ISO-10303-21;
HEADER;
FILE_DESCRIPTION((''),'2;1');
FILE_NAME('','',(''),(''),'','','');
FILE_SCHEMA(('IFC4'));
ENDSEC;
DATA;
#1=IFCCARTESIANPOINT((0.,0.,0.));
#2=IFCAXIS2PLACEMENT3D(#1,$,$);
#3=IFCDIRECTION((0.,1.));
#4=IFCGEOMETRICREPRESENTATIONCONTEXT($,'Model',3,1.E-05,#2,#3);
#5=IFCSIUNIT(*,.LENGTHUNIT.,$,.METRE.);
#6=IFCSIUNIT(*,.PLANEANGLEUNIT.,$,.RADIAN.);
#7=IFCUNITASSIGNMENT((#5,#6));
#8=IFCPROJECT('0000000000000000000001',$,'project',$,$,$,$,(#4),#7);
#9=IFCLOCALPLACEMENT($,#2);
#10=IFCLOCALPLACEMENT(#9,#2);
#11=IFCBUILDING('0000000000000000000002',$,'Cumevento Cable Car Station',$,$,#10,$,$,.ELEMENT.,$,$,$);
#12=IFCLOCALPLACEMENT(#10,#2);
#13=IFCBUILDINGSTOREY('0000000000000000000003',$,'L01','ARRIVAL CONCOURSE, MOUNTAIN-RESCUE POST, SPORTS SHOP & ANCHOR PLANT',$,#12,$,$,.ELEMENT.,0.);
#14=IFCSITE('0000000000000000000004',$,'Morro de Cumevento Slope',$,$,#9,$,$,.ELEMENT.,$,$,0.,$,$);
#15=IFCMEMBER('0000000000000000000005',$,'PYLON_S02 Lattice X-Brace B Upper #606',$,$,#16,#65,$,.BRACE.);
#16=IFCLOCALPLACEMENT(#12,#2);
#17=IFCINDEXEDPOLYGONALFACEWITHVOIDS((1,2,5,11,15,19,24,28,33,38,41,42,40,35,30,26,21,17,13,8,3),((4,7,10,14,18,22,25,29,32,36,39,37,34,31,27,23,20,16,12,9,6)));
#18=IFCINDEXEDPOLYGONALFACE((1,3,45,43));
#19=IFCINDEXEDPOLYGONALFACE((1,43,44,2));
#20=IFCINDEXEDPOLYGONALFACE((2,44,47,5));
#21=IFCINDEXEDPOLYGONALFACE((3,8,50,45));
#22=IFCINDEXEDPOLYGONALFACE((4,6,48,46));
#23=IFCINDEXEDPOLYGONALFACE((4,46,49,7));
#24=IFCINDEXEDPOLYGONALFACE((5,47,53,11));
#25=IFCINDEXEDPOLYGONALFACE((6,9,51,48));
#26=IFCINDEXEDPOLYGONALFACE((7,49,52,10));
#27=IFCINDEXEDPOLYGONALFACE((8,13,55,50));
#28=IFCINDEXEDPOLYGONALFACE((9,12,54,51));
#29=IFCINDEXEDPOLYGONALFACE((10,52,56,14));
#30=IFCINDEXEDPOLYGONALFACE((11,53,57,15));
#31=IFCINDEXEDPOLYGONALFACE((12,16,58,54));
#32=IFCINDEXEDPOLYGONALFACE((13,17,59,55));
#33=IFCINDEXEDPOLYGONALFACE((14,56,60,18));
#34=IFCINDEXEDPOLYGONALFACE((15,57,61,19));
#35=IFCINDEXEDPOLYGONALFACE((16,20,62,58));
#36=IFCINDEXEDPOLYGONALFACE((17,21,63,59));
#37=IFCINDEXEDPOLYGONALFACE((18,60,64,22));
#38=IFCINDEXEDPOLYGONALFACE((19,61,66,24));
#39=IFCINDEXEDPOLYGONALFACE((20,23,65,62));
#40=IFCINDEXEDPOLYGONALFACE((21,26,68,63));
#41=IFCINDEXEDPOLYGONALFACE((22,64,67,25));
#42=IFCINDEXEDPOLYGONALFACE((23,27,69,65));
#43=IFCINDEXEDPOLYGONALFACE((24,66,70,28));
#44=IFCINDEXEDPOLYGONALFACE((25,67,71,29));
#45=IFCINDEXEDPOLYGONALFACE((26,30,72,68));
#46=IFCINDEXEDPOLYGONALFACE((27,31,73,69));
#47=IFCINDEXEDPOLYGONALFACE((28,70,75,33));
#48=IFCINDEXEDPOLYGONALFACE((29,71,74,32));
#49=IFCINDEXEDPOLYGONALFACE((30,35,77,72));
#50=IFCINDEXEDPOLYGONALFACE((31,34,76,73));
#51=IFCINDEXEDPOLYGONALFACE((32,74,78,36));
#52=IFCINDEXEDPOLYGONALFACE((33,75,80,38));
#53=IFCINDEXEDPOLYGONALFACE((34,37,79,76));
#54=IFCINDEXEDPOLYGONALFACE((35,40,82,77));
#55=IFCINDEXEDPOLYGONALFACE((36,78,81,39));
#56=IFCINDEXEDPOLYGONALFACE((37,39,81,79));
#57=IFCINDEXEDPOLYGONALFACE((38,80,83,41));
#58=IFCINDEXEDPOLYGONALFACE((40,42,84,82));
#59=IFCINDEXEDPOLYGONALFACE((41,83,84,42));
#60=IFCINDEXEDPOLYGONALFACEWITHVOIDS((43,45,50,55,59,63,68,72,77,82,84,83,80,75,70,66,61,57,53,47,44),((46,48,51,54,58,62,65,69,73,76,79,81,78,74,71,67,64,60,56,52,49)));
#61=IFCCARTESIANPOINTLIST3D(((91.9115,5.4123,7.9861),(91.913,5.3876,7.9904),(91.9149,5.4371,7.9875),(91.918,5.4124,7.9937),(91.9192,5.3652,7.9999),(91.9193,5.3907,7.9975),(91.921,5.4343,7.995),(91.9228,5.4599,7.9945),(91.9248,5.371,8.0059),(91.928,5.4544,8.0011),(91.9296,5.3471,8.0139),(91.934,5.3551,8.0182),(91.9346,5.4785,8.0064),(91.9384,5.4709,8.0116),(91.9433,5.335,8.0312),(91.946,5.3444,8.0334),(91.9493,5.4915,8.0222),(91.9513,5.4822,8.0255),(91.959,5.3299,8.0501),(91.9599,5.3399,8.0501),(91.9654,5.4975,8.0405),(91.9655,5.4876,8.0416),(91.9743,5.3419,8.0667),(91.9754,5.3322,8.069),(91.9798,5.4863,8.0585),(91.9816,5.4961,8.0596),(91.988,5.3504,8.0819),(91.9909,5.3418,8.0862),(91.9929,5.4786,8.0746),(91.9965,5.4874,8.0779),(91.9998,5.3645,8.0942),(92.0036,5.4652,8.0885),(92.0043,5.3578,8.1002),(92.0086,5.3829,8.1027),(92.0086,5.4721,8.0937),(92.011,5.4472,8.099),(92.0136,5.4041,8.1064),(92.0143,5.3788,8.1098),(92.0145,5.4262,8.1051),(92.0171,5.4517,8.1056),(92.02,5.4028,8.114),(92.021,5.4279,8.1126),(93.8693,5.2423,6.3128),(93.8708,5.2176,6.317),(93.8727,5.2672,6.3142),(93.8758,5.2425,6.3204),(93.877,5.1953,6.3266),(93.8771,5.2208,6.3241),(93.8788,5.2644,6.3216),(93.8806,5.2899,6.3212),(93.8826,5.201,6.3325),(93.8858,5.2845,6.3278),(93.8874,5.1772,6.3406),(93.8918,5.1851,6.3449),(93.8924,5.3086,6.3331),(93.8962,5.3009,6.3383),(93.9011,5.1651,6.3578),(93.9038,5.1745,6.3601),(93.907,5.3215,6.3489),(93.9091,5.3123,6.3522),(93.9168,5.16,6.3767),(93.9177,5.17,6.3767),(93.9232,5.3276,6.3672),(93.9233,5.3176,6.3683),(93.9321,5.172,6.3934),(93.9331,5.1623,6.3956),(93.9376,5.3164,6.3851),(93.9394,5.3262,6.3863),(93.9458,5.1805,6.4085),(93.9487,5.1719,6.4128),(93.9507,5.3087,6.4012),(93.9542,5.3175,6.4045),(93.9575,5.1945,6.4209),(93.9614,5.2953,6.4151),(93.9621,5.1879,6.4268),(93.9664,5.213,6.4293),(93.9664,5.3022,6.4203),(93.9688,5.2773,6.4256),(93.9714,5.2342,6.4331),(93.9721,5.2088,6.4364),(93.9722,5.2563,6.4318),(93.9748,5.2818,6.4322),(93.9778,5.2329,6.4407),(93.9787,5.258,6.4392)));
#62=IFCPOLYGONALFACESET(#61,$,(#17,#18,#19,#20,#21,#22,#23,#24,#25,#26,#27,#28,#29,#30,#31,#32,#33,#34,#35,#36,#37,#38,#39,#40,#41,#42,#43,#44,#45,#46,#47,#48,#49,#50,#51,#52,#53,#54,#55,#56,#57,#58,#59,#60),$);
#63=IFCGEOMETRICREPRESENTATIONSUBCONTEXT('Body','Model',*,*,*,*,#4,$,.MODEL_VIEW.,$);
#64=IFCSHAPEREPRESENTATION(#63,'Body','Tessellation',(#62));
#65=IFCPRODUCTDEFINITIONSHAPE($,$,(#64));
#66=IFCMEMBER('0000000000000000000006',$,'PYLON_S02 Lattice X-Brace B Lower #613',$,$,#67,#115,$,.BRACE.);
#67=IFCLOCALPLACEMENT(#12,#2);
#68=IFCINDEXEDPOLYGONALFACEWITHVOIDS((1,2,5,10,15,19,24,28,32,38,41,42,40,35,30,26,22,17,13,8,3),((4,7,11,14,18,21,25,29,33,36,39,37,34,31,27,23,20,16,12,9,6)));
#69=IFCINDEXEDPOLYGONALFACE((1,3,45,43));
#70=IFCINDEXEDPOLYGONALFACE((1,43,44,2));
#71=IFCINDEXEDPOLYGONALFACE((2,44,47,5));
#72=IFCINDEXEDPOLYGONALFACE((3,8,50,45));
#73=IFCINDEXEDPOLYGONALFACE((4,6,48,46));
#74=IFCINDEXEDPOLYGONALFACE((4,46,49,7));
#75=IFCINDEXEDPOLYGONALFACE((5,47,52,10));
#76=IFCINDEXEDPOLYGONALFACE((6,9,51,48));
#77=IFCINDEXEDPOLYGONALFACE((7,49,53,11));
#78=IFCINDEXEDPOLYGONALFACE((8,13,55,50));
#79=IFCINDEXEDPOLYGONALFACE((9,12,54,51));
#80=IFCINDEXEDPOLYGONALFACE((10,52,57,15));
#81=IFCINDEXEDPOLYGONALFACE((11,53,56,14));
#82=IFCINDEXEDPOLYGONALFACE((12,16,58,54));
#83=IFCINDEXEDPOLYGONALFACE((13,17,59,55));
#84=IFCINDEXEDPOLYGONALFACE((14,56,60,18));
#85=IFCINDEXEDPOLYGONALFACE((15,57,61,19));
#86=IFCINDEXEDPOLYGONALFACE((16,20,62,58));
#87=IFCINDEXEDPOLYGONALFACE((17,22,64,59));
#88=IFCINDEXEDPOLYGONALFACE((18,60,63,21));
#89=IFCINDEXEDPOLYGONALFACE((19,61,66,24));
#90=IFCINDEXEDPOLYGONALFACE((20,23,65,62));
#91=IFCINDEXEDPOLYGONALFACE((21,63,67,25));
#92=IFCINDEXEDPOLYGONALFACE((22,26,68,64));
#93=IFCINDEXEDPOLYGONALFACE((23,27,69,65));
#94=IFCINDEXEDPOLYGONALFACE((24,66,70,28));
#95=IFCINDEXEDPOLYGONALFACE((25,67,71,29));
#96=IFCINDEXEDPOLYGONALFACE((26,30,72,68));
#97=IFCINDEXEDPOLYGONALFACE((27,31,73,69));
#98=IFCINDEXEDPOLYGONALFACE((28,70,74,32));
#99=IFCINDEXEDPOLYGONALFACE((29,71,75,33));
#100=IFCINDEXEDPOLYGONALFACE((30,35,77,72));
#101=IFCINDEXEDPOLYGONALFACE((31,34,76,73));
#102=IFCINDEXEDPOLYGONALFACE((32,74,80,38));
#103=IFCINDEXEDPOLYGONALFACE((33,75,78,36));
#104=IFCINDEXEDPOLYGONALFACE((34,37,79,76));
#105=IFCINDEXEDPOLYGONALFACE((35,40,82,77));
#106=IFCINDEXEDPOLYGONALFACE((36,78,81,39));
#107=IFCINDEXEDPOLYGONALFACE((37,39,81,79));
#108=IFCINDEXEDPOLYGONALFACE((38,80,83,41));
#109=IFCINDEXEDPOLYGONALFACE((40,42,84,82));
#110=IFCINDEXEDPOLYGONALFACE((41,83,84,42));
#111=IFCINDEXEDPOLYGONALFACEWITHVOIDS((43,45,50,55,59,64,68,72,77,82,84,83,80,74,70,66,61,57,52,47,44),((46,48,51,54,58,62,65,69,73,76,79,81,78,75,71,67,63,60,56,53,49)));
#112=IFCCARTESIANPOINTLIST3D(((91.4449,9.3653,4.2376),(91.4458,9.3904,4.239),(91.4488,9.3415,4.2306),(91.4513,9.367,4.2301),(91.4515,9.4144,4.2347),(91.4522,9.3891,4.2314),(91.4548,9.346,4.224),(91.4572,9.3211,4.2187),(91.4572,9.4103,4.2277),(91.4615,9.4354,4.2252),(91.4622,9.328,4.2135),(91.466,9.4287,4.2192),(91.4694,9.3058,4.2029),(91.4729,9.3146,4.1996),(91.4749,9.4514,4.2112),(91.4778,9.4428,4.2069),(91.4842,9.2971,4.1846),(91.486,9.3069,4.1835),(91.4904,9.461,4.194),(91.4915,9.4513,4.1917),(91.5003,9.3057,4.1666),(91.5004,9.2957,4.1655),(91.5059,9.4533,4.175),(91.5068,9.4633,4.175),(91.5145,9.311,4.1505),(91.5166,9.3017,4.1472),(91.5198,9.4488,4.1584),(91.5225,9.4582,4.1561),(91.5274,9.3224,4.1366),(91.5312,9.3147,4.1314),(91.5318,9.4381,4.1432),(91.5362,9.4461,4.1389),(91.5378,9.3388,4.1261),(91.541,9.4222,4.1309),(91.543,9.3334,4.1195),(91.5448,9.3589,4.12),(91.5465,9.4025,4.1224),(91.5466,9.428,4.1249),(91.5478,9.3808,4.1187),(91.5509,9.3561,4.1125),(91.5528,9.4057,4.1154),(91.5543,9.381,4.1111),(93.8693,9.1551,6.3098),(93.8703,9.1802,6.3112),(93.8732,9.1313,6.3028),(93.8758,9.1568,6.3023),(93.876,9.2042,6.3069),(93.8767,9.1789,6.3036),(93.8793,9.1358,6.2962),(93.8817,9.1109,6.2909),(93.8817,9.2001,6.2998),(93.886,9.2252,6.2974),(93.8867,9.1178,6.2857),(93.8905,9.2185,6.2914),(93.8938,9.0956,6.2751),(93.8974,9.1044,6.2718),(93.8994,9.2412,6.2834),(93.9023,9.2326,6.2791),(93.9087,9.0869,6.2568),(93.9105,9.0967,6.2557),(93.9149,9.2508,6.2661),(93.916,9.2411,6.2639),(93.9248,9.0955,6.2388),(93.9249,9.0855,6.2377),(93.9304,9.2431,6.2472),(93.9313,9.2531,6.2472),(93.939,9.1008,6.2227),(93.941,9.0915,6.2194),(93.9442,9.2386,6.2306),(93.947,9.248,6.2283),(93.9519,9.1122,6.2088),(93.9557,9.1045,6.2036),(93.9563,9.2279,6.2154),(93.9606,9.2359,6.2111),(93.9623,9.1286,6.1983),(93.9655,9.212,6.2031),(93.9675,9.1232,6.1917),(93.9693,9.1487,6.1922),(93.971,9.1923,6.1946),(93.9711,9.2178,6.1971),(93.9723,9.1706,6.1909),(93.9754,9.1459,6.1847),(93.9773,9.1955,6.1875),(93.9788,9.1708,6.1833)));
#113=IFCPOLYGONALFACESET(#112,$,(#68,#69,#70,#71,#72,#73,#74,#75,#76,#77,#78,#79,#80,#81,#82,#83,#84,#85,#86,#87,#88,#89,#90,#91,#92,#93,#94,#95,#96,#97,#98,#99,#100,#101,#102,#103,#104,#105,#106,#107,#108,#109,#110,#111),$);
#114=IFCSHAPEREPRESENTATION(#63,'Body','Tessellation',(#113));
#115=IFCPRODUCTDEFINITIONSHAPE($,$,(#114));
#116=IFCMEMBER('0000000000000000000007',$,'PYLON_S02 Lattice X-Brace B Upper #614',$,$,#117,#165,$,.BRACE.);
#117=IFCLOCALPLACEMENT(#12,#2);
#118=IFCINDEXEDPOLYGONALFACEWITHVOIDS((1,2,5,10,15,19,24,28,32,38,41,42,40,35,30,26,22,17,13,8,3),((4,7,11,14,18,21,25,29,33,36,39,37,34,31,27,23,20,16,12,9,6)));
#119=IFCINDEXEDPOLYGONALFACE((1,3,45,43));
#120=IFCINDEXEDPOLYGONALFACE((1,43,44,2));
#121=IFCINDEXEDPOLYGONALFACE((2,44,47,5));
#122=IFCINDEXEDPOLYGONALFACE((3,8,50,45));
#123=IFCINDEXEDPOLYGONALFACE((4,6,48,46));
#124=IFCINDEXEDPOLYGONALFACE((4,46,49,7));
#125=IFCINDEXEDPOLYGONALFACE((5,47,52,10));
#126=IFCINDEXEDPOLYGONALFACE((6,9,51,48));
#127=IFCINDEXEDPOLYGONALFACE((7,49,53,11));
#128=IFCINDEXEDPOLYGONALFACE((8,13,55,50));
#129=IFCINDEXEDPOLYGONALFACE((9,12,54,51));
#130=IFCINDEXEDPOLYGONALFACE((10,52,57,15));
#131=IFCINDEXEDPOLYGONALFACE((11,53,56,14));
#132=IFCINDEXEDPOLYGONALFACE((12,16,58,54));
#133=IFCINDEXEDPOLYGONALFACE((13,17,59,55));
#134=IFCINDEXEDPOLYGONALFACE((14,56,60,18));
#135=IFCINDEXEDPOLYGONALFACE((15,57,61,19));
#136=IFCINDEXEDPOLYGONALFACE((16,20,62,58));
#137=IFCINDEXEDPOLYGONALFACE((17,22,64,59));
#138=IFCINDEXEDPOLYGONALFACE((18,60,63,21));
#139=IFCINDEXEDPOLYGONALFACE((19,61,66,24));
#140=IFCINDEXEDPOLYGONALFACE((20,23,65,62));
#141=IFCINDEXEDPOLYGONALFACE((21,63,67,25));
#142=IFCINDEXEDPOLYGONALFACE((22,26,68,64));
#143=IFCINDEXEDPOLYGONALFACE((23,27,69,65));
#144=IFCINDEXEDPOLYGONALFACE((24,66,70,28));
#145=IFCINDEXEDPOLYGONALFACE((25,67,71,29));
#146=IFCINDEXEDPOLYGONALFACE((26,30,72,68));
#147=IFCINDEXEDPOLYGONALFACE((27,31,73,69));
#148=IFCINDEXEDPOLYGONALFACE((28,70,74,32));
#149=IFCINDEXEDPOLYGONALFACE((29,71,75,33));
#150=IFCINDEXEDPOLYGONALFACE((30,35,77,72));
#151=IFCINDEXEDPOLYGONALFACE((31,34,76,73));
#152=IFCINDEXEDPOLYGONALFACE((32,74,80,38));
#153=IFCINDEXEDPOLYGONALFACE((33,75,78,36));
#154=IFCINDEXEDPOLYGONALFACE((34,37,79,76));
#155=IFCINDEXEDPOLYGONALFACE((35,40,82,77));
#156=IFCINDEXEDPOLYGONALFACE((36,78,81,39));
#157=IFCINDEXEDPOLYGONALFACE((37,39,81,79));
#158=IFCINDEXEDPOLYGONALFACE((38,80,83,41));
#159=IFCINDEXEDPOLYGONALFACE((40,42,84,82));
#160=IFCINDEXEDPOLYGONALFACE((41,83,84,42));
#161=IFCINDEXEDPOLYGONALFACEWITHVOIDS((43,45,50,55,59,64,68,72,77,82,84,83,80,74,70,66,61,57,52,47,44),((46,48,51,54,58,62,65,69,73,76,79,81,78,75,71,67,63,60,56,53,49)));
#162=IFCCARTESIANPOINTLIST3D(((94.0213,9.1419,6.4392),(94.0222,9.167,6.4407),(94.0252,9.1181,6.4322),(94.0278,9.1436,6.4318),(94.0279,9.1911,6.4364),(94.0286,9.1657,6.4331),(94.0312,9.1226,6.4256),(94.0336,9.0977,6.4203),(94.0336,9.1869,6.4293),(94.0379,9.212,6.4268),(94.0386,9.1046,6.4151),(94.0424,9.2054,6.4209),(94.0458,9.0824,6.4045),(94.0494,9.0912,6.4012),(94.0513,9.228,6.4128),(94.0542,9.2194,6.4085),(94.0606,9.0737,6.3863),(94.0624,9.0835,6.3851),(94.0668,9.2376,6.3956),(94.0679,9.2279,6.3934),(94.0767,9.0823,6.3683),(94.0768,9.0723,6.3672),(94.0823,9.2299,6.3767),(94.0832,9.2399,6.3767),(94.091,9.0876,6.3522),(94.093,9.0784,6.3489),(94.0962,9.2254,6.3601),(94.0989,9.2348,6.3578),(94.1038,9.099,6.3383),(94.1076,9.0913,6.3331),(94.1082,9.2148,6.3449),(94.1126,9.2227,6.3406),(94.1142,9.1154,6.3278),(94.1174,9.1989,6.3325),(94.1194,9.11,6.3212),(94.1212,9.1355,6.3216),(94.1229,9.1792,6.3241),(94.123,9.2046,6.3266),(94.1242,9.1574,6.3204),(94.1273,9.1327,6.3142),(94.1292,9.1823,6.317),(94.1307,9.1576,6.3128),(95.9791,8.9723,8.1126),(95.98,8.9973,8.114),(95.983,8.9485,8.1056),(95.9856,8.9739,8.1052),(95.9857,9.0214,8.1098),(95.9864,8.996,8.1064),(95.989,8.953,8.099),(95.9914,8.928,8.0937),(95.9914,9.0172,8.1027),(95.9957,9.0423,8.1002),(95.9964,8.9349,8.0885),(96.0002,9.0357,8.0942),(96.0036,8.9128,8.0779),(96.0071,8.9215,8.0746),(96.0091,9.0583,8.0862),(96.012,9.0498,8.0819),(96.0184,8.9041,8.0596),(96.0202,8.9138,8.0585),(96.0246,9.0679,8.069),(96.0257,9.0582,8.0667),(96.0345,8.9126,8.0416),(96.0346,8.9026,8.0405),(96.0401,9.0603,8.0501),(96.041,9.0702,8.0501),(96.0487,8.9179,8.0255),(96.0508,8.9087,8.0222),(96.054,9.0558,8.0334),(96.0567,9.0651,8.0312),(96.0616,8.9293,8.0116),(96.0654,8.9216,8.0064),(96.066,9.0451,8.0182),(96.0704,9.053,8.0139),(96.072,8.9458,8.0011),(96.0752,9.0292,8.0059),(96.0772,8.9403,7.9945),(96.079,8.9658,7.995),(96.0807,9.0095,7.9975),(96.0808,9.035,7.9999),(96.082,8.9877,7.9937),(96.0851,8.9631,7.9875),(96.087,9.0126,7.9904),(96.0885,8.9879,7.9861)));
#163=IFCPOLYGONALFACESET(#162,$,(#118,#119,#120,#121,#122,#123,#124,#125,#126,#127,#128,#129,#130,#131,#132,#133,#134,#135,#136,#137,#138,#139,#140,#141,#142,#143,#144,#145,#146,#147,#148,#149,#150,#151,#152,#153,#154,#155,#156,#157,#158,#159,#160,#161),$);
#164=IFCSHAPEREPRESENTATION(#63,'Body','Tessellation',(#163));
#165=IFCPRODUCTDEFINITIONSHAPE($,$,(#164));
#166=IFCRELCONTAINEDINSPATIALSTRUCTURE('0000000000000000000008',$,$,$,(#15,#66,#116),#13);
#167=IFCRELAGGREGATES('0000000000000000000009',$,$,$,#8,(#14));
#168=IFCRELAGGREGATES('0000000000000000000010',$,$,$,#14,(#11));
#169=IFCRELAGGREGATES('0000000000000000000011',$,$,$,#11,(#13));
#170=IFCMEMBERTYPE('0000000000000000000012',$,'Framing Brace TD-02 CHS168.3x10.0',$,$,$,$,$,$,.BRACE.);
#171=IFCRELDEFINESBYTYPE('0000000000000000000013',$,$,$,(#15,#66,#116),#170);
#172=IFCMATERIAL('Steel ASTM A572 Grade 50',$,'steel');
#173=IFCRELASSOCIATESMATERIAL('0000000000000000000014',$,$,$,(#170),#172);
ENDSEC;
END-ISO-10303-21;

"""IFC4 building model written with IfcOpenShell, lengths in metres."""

from ifc_helpers import new_model, si_unit, direction, frame, origin, origin_2d, place, context, subcontext, project, spatial, hollow_circle, extrude, material, material_profile, profile_set, type_object, element, save


model = new_model("IFC4")

# Units and contexts
model_context = context("Model", 3, precision=1e-05, world=origin(), true_north=direction((0.0, 1.0)))
body_context = subcontext(model_context, "Body", "Model", "MODEL_VIEW")
ifc_project = project(units=[si_unit("LENGTHUNIT", "METRE"), si_unit("PLANEANGLEUNIT", "RADIAN")], contexts=[model_context])

# Site, building, storey
site_placement = place(None, origin())
site = spatial("IfcSite", under=ifc_project, at=site_placement, Name="Morro de Cumevento Slope", CompositionType="ELEMENT", RefElevation=0.0)
building_placement = place(site_placement, origin())
building = spatial("IfcBuilding", under=site, at=building_placement, Name="Cumevento Cable Car Station", CompositionType="ELEMENT")
storey_placement = place(building_placement, origin())
storey = spatial("IfcBuildingStorey", under=building, at=storey_placement, Name="L01", Description="ARRIVAL CONCOURSE, MOUNTAIN-RESCUE POST, SPORTS SHOP & ANCHOR PLANT", CompositionType="ELEMENT", Elevation=0.0)

# Members
ifc_material_1 = material(Name="Steel ASTM A572 Grade 50", Category="steel")
ifc_material_profile_1 = material_profile(ifc_material_1, hollow_circle(Radius=0.0842, WallThickness=0.01, at=origin_2d()), Name="CHS168.3x10.0")
ifc_profile_set_1 = profile_set([ifc_material_profile_1], Name="Steel ASTM A572 Grade 50")
member_type_1 = type_object("IfcMemberType", Name="Framing Brace TD-02 CHS168.3x10.0", PredefinedType="BRACE", material=ifc_profile_set_1)
member_1_placement = place(storey_placement, frame((93.9241, 5.2439, 6.3767), z_axis=(-0.758517, 0.065835, 0.648319), x_axis=(-0.086469, -0.996255, 0.0)))
element("IfcMember", 1, at=member_1_placement, inside=storey, type_object=member_type_1, Name="PYLON_S02 Lattice X-Brace B Upper #606", PredefinedType="BRACE", context=body_context, shape_type="SweptSolid", body=[
    extrude(hollow_circle(Radius=0.0842, WallThickness=0.01, at=origin_2d()), origin(), (0.0, 0.0, 1.0), 2.5811),
])
member_2_placement = place(storey_placement, frame((91.4995, 9.3794, 4.175), z_axis=(0.758529, -0.065763, 0.648313), x_axis=(0.086374, 0.996263, 0.0)))
element("IfcMember", 2, at=member_2_placement, inside=storey, type_object=member_type_1, Name="PYLON_S02 Lattice X-Brace B Lower #613", PredefinedType="BRACE", context=body_context, shape_type="SweptSolid", body=[
    extrude(hollow_circle(Radius=0.0842, WallThickness=0.01, at=origin_2d()), origin(), (0.0, 0.0, 1.0), 3.1963),
])
member_3_placement = place(storey_placement, frame((94.0759, 9.156, 6.3767), z_axis=(0.758521, -0.06574, 0.648324), x_axis=(0.086345, 0.996265, 0.0)))
element("IfcMember", 3, at=member_3_placement, inside=storey, type_object=member_type_1, Name="PYLON_S02 Lattice X-Brace B Upper #614", PredefinedType="BRACE", context=body_context, shape_type="SweptSolid", body=[
    extrude(hollow_circle(Radius=0.0842, WallThickness=0.01, at=origin_2d()), origin(), (0.0, 0.0, 1.0), 2.5811),
])

save(model, "model.ifc")
